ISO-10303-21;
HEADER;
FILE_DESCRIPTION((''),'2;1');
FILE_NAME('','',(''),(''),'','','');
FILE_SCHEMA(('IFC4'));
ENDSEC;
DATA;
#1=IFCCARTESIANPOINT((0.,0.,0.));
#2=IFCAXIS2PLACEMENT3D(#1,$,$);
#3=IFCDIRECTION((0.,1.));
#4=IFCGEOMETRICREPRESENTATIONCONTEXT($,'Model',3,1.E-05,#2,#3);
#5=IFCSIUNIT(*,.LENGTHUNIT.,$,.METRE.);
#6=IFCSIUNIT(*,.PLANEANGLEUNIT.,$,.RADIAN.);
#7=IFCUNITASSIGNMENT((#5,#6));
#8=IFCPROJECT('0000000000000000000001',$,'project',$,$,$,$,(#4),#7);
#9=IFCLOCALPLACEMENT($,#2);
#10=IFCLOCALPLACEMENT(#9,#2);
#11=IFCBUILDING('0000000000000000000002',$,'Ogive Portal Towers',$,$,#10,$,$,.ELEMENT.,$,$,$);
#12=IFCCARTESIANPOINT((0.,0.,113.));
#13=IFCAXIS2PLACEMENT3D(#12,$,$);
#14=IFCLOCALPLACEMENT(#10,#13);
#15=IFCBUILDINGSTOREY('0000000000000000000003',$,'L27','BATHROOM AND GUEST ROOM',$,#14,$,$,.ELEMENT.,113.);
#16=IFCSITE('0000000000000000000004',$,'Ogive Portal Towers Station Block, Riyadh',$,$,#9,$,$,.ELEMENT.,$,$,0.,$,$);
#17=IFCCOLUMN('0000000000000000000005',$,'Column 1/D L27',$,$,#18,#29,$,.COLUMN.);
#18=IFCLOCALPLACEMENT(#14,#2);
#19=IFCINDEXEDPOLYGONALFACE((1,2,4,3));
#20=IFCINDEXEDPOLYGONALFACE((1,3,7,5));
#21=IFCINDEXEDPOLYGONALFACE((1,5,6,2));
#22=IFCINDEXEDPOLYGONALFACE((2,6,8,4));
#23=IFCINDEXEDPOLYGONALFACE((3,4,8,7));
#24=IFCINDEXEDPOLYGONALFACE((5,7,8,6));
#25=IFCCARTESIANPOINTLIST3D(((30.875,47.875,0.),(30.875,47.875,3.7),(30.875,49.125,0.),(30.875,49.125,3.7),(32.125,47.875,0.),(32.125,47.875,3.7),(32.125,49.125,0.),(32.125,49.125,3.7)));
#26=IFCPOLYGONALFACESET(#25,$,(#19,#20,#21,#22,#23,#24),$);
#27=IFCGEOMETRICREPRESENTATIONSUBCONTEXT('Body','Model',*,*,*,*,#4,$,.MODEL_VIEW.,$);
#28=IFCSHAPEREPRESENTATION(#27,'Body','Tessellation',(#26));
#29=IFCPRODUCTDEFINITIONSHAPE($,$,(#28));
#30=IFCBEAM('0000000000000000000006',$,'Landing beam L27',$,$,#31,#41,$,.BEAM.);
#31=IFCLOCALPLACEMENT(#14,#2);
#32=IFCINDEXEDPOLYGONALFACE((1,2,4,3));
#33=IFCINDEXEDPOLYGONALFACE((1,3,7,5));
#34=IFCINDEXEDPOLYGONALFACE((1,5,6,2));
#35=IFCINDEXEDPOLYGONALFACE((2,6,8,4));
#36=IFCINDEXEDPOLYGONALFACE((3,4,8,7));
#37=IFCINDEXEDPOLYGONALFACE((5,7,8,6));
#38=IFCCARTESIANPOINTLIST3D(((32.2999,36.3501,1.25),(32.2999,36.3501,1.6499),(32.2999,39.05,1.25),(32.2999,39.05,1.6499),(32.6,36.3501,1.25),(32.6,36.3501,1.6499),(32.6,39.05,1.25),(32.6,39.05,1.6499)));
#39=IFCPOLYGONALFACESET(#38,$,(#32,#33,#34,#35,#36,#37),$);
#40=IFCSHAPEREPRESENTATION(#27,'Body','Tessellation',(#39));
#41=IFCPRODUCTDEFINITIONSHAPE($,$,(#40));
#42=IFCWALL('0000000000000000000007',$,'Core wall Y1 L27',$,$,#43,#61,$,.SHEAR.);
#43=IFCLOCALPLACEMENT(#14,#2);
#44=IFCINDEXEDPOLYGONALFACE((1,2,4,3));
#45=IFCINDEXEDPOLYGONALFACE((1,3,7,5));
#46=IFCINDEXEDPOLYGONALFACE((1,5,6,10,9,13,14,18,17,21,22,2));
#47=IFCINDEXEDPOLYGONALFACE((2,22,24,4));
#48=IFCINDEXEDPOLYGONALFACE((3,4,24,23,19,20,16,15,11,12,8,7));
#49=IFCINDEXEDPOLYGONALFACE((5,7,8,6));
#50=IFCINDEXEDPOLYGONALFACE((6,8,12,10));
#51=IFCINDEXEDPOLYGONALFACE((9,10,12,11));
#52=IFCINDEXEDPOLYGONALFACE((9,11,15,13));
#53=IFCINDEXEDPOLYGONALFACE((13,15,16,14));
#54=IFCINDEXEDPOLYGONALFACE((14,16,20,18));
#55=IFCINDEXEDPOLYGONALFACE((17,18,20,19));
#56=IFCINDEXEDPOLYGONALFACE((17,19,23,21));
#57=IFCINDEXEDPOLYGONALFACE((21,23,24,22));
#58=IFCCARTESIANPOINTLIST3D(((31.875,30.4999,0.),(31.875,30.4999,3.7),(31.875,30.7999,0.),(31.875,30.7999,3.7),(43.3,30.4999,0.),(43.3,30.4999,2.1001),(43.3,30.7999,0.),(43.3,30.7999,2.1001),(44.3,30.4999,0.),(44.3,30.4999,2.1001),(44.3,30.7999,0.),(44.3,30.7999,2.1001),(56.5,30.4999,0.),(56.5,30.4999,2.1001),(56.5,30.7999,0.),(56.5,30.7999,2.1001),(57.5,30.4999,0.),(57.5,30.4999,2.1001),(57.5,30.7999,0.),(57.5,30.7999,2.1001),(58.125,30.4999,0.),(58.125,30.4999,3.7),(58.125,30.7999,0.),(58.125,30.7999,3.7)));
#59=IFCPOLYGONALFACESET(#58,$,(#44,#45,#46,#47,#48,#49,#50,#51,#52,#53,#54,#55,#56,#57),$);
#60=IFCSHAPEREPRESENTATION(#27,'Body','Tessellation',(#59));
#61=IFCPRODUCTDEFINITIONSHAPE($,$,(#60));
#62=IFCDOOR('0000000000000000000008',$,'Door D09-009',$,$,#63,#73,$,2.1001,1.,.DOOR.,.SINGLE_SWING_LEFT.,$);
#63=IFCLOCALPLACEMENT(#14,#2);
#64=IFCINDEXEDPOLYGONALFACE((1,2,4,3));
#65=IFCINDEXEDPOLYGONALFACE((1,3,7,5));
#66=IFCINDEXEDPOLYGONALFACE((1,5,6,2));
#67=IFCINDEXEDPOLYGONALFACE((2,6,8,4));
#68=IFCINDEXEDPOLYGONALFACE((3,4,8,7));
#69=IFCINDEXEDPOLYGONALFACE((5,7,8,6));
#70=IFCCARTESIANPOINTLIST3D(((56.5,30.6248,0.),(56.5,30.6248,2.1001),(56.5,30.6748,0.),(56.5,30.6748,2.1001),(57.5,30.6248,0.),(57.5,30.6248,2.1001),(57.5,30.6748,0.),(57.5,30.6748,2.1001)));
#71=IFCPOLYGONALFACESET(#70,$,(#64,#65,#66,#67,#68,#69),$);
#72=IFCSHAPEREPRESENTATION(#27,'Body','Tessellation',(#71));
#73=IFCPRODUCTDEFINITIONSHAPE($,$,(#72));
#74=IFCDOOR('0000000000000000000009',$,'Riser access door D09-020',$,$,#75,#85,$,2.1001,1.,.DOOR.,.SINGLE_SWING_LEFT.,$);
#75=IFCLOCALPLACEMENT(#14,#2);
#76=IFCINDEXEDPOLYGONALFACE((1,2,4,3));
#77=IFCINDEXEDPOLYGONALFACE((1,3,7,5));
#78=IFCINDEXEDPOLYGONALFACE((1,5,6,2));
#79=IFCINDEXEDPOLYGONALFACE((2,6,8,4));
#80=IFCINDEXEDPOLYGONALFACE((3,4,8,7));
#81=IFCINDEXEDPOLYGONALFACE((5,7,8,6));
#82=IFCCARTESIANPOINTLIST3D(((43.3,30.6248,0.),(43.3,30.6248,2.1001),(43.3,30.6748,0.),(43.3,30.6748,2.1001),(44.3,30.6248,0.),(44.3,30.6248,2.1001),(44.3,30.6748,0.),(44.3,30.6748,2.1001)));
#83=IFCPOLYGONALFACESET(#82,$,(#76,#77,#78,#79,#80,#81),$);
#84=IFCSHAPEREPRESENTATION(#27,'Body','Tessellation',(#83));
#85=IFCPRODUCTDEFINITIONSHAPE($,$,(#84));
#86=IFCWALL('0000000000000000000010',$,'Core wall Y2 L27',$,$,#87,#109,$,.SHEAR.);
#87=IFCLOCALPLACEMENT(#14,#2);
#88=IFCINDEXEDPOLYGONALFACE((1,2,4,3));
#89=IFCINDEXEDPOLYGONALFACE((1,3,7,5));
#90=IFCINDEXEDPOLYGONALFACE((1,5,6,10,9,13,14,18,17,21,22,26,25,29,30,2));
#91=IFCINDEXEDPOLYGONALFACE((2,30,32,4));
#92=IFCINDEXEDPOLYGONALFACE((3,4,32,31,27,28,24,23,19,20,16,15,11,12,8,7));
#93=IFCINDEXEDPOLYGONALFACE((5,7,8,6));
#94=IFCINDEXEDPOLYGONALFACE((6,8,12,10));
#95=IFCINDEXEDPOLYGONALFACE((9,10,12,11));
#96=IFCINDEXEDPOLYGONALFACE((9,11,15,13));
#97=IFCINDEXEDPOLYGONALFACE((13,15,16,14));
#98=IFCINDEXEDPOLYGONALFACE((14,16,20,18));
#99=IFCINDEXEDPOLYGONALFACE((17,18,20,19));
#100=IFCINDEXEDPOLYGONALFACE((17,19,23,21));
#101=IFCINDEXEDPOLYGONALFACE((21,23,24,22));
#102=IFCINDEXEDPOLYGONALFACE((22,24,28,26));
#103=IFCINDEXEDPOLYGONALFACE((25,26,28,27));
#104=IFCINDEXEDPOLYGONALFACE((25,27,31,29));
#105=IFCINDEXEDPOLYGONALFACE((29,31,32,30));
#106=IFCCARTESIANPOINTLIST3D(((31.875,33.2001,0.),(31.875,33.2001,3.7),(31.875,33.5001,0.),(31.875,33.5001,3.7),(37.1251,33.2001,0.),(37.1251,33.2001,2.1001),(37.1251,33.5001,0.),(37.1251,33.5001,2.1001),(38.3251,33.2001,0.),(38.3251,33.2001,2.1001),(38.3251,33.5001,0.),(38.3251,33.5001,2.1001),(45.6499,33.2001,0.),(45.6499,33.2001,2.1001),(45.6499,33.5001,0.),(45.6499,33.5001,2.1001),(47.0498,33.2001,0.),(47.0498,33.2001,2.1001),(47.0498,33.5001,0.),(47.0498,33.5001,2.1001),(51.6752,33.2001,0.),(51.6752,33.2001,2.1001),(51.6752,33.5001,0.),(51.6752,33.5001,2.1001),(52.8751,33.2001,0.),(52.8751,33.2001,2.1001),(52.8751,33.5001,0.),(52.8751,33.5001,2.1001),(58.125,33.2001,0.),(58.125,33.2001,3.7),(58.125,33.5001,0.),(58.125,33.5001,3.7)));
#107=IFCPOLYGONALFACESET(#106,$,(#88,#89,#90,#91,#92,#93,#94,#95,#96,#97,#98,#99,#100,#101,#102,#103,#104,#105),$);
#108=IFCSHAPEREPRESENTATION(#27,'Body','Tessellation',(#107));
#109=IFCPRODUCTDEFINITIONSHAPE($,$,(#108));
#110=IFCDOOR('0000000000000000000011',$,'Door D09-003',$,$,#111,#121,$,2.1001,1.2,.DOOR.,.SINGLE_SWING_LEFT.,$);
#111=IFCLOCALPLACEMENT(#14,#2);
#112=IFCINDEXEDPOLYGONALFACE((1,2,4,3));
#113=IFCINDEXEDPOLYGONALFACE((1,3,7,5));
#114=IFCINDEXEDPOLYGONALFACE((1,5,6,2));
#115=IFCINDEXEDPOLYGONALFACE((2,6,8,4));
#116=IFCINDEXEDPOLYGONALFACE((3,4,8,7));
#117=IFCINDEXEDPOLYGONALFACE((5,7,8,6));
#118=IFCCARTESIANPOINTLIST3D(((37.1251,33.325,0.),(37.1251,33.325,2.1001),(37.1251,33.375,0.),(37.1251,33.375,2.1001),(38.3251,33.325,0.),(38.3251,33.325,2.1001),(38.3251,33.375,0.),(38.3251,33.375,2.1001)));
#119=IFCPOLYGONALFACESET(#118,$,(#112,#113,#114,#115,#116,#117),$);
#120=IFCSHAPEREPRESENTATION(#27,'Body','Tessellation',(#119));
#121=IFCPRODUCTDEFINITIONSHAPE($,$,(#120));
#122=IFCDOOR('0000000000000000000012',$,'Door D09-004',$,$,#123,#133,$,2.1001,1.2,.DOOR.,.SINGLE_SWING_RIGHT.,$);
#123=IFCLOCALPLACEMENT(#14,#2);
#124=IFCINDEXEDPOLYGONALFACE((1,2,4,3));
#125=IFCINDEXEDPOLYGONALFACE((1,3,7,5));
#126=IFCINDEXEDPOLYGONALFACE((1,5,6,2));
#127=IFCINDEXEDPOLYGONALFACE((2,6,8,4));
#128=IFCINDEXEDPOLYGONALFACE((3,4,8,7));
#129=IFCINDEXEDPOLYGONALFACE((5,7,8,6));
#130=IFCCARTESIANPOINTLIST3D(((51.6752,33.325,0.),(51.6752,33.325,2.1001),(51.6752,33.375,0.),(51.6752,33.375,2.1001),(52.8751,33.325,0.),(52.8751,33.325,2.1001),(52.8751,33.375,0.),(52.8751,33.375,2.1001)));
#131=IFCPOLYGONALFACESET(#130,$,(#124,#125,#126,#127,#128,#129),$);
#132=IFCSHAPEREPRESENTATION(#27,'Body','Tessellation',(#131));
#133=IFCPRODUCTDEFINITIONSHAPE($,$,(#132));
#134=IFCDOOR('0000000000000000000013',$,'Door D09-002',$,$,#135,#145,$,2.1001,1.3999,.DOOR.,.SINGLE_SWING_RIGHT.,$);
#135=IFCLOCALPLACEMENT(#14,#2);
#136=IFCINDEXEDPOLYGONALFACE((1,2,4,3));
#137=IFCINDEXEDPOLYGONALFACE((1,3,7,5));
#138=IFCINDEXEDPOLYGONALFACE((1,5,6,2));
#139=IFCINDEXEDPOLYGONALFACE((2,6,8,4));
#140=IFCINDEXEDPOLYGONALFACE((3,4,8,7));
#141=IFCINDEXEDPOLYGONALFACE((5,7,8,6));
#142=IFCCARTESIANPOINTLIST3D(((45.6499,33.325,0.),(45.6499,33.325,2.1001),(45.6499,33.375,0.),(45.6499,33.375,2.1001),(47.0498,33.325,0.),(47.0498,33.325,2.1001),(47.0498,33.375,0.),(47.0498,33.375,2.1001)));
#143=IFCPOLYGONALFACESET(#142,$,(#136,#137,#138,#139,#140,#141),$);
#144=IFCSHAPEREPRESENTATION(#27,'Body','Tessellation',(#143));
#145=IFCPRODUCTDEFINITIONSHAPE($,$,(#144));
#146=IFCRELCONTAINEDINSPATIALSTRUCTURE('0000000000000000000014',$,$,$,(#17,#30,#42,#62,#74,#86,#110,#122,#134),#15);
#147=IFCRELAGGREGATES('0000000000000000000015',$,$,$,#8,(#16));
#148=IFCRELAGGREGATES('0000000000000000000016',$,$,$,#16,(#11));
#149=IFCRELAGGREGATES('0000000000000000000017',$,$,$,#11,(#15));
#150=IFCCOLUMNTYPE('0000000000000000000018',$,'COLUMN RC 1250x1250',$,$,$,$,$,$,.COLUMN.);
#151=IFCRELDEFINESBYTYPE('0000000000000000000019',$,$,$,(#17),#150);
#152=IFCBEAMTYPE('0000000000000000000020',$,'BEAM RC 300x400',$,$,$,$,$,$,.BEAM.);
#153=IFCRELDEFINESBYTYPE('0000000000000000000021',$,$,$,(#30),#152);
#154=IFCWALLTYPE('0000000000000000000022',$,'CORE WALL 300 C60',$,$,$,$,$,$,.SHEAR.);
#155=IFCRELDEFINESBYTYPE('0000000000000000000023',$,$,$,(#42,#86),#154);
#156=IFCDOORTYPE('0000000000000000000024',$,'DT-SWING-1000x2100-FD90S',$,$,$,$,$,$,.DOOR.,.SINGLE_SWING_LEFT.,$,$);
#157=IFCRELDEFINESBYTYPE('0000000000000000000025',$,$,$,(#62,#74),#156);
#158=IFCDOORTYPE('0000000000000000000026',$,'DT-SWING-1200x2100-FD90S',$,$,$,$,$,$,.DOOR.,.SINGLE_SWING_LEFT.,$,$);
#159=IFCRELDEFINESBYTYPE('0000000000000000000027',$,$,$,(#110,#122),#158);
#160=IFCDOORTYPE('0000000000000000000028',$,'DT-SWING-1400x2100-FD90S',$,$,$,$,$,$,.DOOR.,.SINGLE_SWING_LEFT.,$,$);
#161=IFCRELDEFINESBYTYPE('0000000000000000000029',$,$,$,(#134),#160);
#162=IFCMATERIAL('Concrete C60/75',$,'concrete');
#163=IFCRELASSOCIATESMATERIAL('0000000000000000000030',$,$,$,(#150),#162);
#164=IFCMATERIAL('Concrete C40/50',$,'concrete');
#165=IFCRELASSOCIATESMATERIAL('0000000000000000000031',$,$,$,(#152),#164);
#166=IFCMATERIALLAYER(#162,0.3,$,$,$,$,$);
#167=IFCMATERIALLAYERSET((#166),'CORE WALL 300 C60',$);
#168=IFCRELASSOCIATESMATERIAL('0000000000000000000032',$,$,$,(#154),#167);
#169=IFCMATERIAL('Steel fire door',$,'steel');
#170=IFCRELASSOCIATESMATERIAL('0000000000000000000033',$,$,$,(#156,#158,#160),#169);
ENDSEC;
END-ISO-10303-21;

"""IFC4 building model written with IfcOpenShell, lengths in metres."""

from ifc_helpers import new_model, si_unit, direction, frame, frame_2d, origin, origin_2d, place, context, subcontext, project, spatial, rectangle, extrude, material, layer, layer_set, material_profile, profile_set, type_object, element, fill, save


model = new_model("IFC4")

# Units and contexts
model_context = context("Model", 3, precision=1e-05, world=origin(), true_north=direction((0.0, 1.0)))
body_context = subcontext(model_context, "Body", "Model", "MODEL_VIEW")
ifc_project = project(units=[si_unit("LENGTHUNIT", "METRE"), si_unit("PLANEANGLEUNIT", "RADIAN")], contexts=[model_context])

# Site, building, storey
site_placement = place(None, origin())
site = spatial("IfcSite", under=ifc_project, at=site_placement, Name="Ogive Portal Towers Station Block, Riyadh", CompositionType="ELEMENT", RefElevation=0.0)
building_placement = place(site_placement, origin())
building = spatial("IfcBuilding", under=site, at=building_placement, Name="Ogive Portal Towers", CompositionType="ELEMENT")
storey_placement = place(building_placement, frame((0.0, 0.0, 113.0)))
storey = spatial("IfcBuildingStorey", under=building, at=storey_placement, Name="L27", Description="BATHROOM AND GUEST ROOM", CompositionType="ELEMENT", Elevation=113.0)

# Column
ifc_material_1 = material(Name="Concrete C60/75", Category="concrete")
ifc_material_profile_1 = material_profile(ifc_material_1, rectangle(XDim=1.25, YDim=1.25, at=origin_2d()), Name="RC 1250x1250")
ifc_profile_set_1 = profile_set([ifc_material_profile_1], Name="Concrete C60/75")
column_type = type_object("IfcColumnType", Name="COLUMN RC 1250x1250", PredefinedType="COLUMN", material=ifc_profile_set_1)
column_placement = place(storey_placement, frame((31.5, 48.5, 0.0), z_axis=(0.0, 0.0, 1.0), x_axis=(1.0, 0.0, 0.0)))
element("IfcColumn", 1, at=column_placement, inside=storey, type_object=column_type, Name="Column 1/D L27", PredefinedType="COLUMN", context=body_context, shape_type="SweptSolid", body=[
    extrude(rectangle(XDim=1.25, YDim=1.25, at=origin_2d()), origin(), (0.0, 0.0, 1.0), 3.7),
])

# Beam
ifc_material_2 = material(Name="Concrete C40/50", Category="concrete")
ifc_material_profile_2 = material_profile(ifc_material_2, rectangle(XDim=0.3, YDim=0.3999, at=origin_2d()), Name="RC 300x400")
ifc_profile_set_2 = profile_set([ifc_material_profile_2], Name="Concrete C40/50")
beam_type = type_object("IfcBeamType", Name="BEAM RC 300x400", PredefinedType="BEAM", material=ifc_profile_set_2)
beam_placement = place(storey_placement, frame((32.45, 36.3501, 1.45), z_axis=(0.0, 1.0, 0.0), x_axis=(-1.0, 0.0, 0.0)))
element("IfcBeam", 2, at=beam_placement, inside=storey, type_object=beam_type, Name="Landing beam L27", PredefinedType="BEAM", context=body_context, shape_type="SweptSolid", body=[
    extrude(rectangle(XDim=0.3, YDim=0.3999, at=origin_2d()), origin(), (0.0, 0.0, 1.0), 2.7),
])

# Walls, openings, doors
ifc_layer_1 = layer(ifc_material_1, 0.3)
ifc_layer_set_1 = layer_set([ifc_layer_1], Name="CORE WALL 300 C60")
wall_type_1 = type_object("IfcWallType", Name="CORE WALL 300 C60", PredefinedType="SHEAR", material=ifc_layer_set_1)
wall_1_placement = place(storey_placement, frame((31.875, 30.6499, 0.0), z_axis=(0.0, 0.0, 1.0), x_axis=(1.0, 0.0, 0.0)))
wall_1 = element("IfcWall", 3, at=wall_1_placement, inside=storey, type_object=wall_type_1, Name="Core wall Y1 L27", PredefinedType="SHEAR", context=body_context, shape_type="SweptSolid", body=[
    extrude(rectangle(XDim=26.25, YDim=0.3, at=frame_2d((13.125, 0.0))), origin(), (0.0, 0.0, 1.0), 3.7),
])
opening_1_placement = place(wall_1_placement, frame((24.625, 0.0, 0.0)))
opening_1 = element("IfcOpeningElement", 4, at=opening_1_placement, cuts=wall_1, PredefinedType="OPENING", context=body_context, shape_type="SweptSolid", body=[
    extrude(rectangle(XDim=1.0, YDim=2.1001, at=frame_2d((0.5, 1.05))), frame((0.0, 0.1602, 0.0), z_axis=(0.0, -1.0, 0.0), x_axis=(1.0, 0.0, 0.0)), (0.0, 0.0, 1.0), 0.3201),
])
opening_2_placement = place(wall_1_placement, frame((11.425, 0.0, 0.0)))
opening_2 = element("IfcOpeningElement", 5, at=opening_2_placement, cuts=wall_1, PredefinedType="OPENING", context=body_context, shape_type="SweptSolid", body=[
    extrude(rectangle(XDim=1.0, YDim=2.1001, at=frame_2d((0.5, 1.05))), frame((0.0, 0.1602, 0.0), z_axis=(0.0, -1.0, 0.0), x_axis=(1.0, 0.0, 0.0)), (0.0, 0.0, 1.0), 0.3201),
])
ifc_material_3 = material(Name="Steel fire door", Category="steel")
door_type_1 = type_object("IfcDoorType", Name="DT-SWING-1000x2100-FD90S", OperationType="SINGLE_SWING_LEFT", PredefinedType="DOOR", material=ifc_material_3)
door_1_placement = place(opening_1_placement, origin())
door_1 = element("IfcDoor", 6, at=door_1_placement, inside=storey, type_object=door_type_1, Name="Door D09-009", OperationType="SINGLE_SWING_LEFT", OverallHeight=2.1001, OverallWidth=1.0, PredefinedType="DOOR", context=body_context, shape_type="SweptSolid", body=[
    extrude(rectangle(XDim=1.0, YDim=2.1001, at=frame_2d((0.5, 1.05))), frame((0.0, 0.0249, 0.0), z_axis=(0.0, -1.0, 0.0), x_axis=(1.0, 0.0, 0.0)), (0.0, 0.0, 1.0), 0.05),
])
fill(opening_1, door_1)
door_2_placement = place(opening_2_placement, origin())
door_2 = element("IfcDoor", 7, at=door_2_placement, inside=storey, type_object=door_type_1, Name="Riser access door D09-020", OperationType="SINGLE_SWING_LEFT", OverallHeight=2.1001, OverallWidth=1.0, PredefinedType="DOOR", context=body_context, shape_type="SweptSolid", body=[
    extrude(rectangle(XDim=1.0, YDim=2.1001, at=frame_2d((0.5, 1.05))), frame((0.0, 0.0249, 0.0), z_axis=(0.0, -1.0, 0.0), x_axis=(1.0, 0.0, 0.0)), (0.0, 0.0, 1.0), 0.05),
])
fill(opening_2, door_2)
wall_2_placement = place(storey_placement, frame((31.875, 33.3501, 0.0), z_axis=(0.0, 0.0, 1.0), x_axis=(1.0, 0.0, 0.0)))
wall_2 = element("IfcWall", 8, at=wall_2_placement, inside=storey, type_object=wall_type_1, Name="Core wall Y2 L27", PredefinedType="SHEAR", context=body_context, shape_type="SweptSolid", body=[
    extrude(rectangle(XDim=26.25, YDim=0.3, at=frame_2d((13.125, 0.0))), origin(), (0.0, 0.0, 1.0), 3.7),
])
opening_3_placement = place(wall_2_placement, frame((13.7749, 0.0, 0.0)))
opening_3 = element("IfcOpeningElement", 9, at=opening_3_placement, cuts=wall_2, PredefinedType="OPENING", context=body_context, shape_type="SweptSolid", body=[
    extrude(rectangle(XDim=1.3999, YDim=2.1001, at=frame_2d((0.7, 1.05))), frame((0.0, 0.1602, 0.0), z_axis=(0.0, -1.0, 0.0), x_axis=(1.0, 0.0, 0.0)), (0.0, 0.0, 1.0), 0.3201),
])
opening_4_placement = place(wall_2_placement, frame((5.25, 0.0, 0.0)))
opening_4 = element("IfcOpeningElement", 10, at=opening_4_placement, cuts=wall_2, PredefinedType="OPENING", context=body_context, shape_type="SweptSolid", body=[
    extrude(rectangle(XDim=1.2, YDim=2.1001, at=frame_2d((0.6001, 1.05))), frame((0.0, 0.1602, 0.0), z_axis=(0.0, -1.0, 0.0), x_axis=(1.0, 0.0, 0.0)), (0.0, 0.0, 1.0), 0.3201),
])
opening_5_placement = place(wall_2_placement, frame((19.8, 0.0, 0.0)))
opening_5 = element("IfcOpeningElement", 11, at=opening_5_placement, cuts=wall_2, PredefinedType="OPENING", context=body_context, shape_type="SweptSolid", body=[
    extrude(rectangle(XDim=1.2, YDim=2.1001, at=frame_2d((0.6001, 1.05))), frame((0.0, 0.1602, 0.0), z_axis=(0.0, -1.0, 0.0), x_axis=(1.0, 0.0, 0.0)), (0.0, 0.0, 1.0), 0.3201),
])
door_type_2 = type_object("IfcDoorType", Name="DT-SWING-1200x2100-FD90S", OperationType="SINGLE_SWING_LEFT", PredefinedType="DOOR", material=ifc_material_3)
door_3_placement = place(opening_4_placement, origin())
door_3 = element("IfcDoor", 12, at=door_3_placement, inside=storey, type_object=door_type_2, Name="Door D09-003", OperationType="SINGLE_SWING_LEFT", OverallHeight=2.1001, OverallWidth=1.2, PredefinedType="DOOR", context=body_context, shape_type="SweptSolid", body=[
    extrude(rectangle(XDim=1.2, YDim=2.1001, at=frame_2d((0.6001, 1.05))), frame((0.0, 0.0249, 0.0), z_axis=(0.0, -1.0, 0.0), x_axis=(1.0, 0.0, 0.0)), (0.0, 0.0, 1.0), 0.05),
])
fill(opening_4, door_3)
door_4_placement = place(opening_5_placement, origin())
door_4 = element("IfcDoor", 13, at=door_4_placement, inside=storey, type_object=door_type_2, Name="Door D09-004", OperationType="SINGLE_SWING_RIGHT", OverallHeight=2.1001, OverallWidth=1.2, PredefinedType="DOOR", context=body_context, shape_type="SweptSolid", body=[
    extrude(rectangle(XDim=1.2, YDim=2.1001, at=frame_2d((0.6001, 1.05))), frame((0.0, 0.0249, 0.0), z_axis=(0.0, -1.0, 0.0), x_axis=(1.0, 0.0, 0.0)), (0.0, 0.0, 1.0), 0.05),
])
fill(opening_5, door_4)
door_type_3 = type_object("IfcDoorType", Name="DT-SWING-1400x2100-FD90S", OperationType="SINGLE_SWING_LEFT", PredefinedType="DOOR", material=ifc_material_3)
door_5_placement = place(opening_3_placement, origin())
door_5 = element("IfcDoor", 14, at=door_5_placement, inside=storey, type_object=door_type_3, Name="Door D09-002", OperationType="SINGLE_SWING_RIGHT", OverallHeight=2.1001, OverallWidth=1.3999, PredefinedType="DOOR", context=body_context, shape_type="SweptSolid", body=[
    extrude(rectangle(XDim=1.3999, YDim=2.1001, at=frame_2d((0.7, 1.05))), frame((0.0, 0.0249, 0.0), z_axis=(0.0, -1.0, 0.0), x_axis=(1.0, 0.0, 0.0)), (0.0, 0.0, 1.0), 0.05),
])
fill(opening_3, door_5)

save(model, "model.ifc")
